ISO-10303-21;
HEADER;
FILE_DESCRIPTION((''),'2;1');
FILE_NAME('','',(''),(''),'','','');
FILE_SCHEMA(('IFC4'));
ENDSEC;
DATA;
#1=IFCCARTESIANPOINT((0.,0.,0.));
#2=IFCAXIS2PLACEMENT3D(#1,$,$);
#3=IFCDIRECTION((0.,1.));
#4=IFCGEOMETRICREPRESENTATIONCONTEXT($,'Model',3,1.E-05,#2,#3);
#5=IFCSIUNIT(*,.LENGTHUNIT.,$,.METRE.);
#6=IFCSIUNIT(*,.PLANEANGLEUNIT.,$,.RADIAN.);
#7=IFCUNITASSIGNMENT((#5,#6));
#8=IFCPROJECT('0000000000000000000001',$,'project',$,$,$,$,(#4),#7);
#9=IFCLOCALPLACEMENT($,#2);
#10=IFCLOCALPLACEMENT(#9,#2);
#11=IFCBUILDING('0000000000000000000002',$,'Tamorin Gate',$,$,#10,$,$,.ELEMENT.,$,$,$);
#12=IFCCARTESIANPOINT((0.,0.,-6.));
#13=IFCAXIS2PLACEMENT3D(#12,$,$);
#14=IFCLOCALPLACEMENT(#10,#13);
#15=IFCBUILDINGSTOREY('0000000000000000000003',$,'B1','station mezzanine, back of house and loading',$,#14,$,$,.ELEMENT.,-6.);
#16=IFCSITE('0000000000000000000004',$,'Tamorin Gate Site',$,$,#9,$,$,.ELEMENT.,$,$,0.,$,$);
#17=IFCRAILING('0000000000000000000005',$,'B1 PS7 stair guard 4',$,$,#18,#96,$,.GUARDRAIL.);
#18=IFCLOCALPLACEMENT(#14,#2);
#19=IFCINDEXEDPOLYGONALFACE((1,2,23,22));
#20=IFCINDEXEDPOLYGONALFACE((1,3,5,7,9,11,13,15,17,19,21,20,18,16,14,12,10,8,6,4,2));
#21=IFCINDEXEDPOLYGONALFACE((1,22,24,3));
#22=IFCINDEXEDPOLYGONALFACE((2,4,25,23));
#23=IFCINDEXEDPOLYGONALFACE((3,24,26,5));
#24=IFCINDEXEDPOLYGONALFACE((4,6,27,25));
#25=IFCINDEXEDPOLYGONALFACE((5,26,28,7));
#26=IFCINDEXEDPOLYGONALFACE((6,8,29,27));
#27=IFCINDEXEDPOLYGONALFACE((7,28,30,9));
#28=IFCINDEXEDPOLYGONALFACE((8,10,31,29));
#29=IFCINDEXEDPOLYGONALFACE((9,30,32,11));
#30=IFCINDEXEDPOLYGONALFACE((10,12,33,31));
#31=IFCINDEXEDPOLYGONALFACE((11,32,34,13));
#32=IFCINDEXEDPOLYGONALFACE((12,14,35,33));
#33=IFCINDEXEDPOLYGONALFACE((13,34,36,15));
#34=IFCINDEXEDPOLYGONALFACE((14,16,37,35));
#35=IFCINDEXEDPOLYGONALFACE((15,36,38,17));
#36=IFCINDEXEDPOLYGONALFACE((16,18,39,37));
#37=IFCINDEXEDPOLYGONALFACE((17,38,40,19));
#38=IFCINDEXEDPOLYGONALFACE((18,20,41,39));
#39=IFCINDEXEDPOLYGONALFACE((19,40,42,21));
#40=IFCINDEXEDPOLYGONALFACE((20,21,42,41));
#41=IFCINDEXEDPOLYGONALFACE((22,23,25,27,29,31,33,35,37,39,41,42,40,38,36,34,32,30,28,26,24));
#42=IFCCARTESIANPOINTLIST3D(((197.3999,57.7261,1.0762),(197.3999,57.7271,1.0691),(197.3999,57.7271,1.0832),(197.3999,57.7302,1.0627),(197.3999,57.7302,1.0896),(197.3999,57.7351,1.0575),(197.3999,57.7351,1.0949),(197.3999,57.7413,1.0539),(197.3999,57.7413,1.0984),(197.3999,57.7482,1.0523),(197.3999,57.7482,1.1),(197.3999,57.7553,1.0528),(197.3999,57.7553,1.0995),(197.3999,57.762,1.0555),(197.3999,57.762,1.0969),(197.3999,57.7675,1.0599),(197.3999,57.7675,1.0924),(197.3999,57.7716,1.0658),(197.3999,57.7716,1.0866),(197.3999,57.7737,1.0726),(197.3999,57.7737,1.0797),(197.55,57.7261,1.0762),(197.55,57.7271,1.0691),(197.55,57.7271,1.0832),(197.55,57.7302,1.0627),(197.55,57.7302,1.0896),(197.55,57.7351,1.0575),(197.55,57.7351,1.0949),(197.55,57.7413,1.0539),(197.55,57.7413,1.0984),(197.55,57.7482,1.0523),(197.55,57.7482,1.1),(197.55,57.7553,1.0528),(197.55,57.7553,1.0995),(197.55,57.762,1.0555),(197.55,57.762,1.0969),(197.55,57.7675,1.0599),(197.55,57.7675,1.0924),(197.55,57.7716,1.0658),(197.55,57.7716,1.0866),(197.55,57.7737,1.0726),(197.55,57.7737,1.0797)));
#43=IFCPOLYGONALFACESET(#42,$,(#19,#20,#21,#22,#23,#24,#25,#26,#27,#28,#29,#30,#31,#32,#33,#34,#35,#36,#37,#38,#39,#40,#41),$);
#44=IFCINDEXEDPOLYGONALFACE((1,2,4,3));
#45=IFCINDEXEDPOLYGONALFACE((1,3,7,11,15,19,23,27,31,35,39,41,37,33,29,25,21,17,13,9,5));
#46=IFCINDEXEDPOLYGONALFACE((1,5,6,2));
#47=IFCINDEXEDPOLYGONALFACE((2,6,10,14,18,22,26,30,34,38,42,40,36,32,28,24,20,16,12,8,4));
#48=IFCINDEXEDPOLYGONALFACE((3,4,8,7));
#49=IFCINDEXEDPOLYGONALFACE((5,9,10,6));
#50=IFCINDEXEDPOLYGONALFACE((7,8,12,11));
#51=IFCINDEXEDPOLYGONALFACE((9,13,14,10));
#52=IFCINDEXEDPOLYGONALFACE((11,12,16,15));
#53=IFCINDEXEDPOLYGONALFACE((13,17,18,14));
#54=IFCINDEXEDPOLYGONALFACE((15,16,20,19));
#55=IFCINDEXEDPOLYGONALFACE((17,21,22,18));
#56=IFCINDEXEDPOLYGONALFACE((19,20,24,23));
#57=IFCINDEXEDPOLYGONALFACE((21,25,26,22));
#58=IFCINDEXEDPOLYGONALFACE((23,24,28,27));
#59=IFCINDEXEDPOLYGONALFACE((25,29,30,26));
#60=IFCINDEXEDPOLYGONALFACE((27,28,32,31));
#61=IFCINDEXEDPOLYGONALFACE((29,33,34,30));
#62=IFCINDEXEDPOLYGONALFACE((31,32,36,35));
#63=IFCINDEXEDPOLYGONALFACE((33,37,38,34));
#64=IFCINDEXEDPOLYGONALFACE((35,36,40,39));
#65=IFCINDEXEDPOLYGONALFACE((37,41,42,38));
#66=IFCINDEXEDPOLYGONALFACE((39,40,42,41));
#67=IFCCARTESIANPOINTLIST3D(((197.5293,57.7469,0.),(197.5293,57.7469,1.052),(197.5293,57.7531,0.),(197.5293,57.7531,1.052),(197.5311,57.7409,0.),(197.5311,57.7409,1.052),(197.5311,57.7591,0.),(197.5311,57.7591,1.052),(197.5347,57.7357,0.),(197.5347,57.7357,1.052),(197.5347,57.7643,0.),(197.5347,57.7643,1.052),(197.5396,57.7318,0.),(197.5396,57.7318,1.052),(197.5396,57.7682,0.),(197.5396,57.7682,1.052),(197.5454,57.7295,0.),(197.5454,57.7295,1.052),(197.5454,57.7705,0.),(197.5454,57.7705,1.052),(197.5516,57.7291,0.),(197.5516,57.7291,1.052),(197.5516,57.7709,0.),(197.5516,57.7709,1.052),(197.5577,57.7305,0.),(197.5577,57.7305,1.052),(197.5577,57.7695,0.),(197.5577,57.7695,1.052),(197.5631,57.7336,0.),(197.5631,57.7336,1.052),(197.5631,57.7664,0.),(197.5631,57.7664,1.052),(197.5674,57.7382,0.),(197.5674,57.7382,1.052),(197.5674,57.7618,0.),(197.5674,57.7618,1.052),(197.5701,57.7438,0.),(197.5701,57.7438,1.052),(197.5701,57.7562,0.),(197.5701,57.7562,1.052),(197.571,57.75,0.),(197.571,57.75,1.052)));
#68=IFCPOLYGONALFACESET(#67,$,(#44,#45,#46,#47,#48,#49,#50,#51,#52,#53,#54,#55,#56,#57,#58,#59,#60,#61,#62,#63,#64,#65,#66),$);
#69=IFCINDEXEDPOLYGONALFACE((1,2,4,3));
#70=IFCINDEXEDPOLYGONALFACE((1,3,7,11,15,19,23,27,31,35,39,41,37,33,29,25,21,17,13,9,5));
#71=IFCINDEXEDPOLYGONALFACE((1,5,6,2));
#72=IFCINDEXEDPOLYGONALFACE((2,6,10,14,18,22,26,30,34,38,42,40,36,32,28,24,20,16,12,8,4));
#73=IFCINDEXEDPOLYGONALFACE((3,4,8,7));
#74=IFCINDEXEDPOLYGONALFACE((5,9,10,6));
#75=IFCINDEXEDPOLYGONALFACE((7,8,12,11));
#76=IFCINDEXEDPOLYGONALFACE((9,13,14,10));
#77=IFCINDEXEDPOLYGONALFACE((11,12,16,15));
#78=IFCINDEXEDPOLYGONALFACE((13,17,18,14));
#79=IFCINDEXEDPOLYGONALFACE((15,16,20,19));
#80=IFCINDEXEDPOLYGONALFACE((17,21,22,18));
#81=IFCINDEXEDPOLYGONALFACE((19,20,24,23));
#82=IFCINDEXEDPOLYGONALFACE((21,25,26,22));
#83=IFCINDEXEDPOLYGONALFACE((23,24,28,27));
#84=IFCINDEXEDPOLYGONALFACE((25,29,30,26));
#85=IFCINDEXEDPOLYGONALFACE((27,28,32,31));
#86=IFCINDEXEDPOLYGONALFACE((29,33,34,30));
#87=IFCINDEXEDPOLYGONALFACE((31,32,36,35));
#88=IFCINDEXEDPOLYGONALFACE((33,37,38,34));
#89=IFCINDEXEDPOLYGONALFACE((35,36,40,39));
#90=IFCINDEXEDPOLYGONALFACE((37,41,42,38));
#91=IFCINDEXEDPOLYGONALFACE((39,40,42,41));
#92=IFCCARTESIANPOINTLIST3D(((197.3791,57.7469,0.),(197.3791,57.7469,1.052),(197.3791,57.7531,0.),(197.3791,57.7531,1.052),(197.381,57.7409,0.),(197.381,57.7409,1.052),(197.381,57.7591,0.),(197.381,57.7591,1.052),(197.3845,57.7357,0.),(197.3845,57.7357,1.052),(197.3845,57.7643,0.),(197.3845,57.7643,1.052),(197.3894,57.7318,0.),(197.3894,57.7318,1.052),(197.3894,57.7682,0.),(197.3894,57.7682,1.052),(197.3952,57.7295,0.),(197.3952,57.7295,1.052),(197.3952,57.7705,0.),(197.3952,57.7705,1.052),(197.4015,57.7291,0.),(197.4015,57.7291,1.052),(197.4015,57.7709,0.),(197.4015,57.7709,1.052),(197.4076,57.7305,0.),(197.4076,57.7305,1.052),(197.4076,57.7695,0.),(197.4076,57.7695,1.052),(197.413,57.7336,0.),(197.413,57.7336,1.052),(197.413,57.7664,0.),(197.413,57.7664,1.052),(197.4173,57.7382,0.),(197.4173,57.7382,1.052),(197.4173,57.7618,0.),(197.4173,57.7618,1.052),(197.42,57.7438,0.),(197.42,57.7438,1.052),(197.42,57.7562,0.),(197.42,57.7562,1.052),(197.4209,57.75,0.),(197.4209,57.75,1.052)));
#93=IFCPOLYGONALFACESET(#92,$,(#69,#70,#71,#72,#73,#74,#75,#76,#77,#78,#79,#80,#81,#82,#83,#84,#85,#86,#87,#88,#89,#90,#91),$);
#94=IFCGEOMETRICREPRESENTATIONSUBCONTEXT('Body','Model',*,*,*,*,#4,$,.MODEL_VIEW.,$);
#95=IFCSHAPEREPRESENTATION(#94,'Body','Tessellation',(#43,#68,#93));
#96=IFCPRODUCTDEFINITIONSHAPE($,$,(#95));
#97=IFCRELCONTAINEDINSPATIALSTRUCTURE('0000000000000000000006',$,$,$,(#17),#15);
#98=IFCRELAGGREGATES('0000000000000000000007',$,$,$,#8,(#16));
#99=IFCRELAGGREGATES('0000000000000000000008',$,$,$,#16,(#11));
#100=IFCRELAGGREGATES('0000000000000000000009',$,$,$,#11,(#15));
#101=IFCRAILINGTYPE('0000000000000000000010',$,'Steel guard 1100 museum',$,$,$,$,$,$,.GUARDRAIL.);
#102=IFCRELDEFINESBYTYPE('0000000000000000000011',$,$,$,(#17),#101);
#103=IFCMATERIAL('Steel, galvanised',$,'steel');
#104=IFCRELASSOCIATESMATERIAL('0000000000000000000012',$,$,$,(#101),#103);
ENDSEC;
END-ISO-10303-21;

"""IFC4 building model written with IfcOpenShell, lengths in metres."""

from ifc_helpers import new_model, si_unit, direction, frame, origin, origin_2d, place, context, subcontext, project, spatial, circle, extrude, material, type_object, element, save


model = new_model("IFC4")

# Units and contexts
model_context = context("Model", 3, precision=1e-05, world=origin(), true_north=direction((0.0, 1.0)))
body_context = subcontext(model_context, "Body", "Model", "MODEL_VIEW")
ifc_project = project(units=[si_unit("LENGTHUNIT", "METRE"), si_unit("PLANEANGLEUNIT", "RADIAN")], contexts=[model_context])

# Site, building, storey
site_placement = place(None, origin())
site = spatial("IfcSite", under=ifc_project, at=site_placement, Name="Tamorin Gate Site", CompositionType="ELEMENT", RefElevation=0.0)
building_placement = place(site_placement, origin())
building = spatial("IfcBuilding", under=site, at=building_placement, Name="Tamorin Gate", CompositionType="ELEMENT")
storey_placement = place(building_placement, frame((0.0, 0.0, -6.0)))
storey = spatial("IfcBuildingStorey", under=building, at=storey_placement, Name="B1", Description="station mezzanine, back of house and loading", CompositionType="ELEMENT", Elevation=-6.0)

# Railing
ifc_material_1 = material(Name="Steel, galvanised", Category="steel")
railing_type_1 = type_object("IfcRailingType", Name="Steel guard 1100 museum", PredefinedType="GUARDRAIL", material=ifc_material_1)
railing_1_placement = place(storey_placement, frame((197.55, 57.75, 0.0)))
element("IfcRailing", 1, at=railing_1_placement, inside=storey, type_object=railing_type_1, Name="B1 PS7 stair guard 4", PredefinedType="GUARDRAIL", context=body_context, shape_type="SweptSolid", body=[
    extrude(circle(Radius=0.0239, at=origin_2d()), frame((0.0, 0.0, 1.0762), z_axis=(-1.0, 0.0, 0.0), x_axis=(0.0, -1.0, 0.0)), (0.0, 0.0, 1.0), 0.1501),
    extrude(circle(Radius=0.021, at=origin_2d()), origin(), (0.0, 0.0, 1.0), 1.052),
    extrude(circle(Radius=0.021, at=origin_2d()), frame((-0.1501, 0.0, 0.0)), (0.0, 0.0, 1.0), 1.052),
])

save(model, "model.ifc")
